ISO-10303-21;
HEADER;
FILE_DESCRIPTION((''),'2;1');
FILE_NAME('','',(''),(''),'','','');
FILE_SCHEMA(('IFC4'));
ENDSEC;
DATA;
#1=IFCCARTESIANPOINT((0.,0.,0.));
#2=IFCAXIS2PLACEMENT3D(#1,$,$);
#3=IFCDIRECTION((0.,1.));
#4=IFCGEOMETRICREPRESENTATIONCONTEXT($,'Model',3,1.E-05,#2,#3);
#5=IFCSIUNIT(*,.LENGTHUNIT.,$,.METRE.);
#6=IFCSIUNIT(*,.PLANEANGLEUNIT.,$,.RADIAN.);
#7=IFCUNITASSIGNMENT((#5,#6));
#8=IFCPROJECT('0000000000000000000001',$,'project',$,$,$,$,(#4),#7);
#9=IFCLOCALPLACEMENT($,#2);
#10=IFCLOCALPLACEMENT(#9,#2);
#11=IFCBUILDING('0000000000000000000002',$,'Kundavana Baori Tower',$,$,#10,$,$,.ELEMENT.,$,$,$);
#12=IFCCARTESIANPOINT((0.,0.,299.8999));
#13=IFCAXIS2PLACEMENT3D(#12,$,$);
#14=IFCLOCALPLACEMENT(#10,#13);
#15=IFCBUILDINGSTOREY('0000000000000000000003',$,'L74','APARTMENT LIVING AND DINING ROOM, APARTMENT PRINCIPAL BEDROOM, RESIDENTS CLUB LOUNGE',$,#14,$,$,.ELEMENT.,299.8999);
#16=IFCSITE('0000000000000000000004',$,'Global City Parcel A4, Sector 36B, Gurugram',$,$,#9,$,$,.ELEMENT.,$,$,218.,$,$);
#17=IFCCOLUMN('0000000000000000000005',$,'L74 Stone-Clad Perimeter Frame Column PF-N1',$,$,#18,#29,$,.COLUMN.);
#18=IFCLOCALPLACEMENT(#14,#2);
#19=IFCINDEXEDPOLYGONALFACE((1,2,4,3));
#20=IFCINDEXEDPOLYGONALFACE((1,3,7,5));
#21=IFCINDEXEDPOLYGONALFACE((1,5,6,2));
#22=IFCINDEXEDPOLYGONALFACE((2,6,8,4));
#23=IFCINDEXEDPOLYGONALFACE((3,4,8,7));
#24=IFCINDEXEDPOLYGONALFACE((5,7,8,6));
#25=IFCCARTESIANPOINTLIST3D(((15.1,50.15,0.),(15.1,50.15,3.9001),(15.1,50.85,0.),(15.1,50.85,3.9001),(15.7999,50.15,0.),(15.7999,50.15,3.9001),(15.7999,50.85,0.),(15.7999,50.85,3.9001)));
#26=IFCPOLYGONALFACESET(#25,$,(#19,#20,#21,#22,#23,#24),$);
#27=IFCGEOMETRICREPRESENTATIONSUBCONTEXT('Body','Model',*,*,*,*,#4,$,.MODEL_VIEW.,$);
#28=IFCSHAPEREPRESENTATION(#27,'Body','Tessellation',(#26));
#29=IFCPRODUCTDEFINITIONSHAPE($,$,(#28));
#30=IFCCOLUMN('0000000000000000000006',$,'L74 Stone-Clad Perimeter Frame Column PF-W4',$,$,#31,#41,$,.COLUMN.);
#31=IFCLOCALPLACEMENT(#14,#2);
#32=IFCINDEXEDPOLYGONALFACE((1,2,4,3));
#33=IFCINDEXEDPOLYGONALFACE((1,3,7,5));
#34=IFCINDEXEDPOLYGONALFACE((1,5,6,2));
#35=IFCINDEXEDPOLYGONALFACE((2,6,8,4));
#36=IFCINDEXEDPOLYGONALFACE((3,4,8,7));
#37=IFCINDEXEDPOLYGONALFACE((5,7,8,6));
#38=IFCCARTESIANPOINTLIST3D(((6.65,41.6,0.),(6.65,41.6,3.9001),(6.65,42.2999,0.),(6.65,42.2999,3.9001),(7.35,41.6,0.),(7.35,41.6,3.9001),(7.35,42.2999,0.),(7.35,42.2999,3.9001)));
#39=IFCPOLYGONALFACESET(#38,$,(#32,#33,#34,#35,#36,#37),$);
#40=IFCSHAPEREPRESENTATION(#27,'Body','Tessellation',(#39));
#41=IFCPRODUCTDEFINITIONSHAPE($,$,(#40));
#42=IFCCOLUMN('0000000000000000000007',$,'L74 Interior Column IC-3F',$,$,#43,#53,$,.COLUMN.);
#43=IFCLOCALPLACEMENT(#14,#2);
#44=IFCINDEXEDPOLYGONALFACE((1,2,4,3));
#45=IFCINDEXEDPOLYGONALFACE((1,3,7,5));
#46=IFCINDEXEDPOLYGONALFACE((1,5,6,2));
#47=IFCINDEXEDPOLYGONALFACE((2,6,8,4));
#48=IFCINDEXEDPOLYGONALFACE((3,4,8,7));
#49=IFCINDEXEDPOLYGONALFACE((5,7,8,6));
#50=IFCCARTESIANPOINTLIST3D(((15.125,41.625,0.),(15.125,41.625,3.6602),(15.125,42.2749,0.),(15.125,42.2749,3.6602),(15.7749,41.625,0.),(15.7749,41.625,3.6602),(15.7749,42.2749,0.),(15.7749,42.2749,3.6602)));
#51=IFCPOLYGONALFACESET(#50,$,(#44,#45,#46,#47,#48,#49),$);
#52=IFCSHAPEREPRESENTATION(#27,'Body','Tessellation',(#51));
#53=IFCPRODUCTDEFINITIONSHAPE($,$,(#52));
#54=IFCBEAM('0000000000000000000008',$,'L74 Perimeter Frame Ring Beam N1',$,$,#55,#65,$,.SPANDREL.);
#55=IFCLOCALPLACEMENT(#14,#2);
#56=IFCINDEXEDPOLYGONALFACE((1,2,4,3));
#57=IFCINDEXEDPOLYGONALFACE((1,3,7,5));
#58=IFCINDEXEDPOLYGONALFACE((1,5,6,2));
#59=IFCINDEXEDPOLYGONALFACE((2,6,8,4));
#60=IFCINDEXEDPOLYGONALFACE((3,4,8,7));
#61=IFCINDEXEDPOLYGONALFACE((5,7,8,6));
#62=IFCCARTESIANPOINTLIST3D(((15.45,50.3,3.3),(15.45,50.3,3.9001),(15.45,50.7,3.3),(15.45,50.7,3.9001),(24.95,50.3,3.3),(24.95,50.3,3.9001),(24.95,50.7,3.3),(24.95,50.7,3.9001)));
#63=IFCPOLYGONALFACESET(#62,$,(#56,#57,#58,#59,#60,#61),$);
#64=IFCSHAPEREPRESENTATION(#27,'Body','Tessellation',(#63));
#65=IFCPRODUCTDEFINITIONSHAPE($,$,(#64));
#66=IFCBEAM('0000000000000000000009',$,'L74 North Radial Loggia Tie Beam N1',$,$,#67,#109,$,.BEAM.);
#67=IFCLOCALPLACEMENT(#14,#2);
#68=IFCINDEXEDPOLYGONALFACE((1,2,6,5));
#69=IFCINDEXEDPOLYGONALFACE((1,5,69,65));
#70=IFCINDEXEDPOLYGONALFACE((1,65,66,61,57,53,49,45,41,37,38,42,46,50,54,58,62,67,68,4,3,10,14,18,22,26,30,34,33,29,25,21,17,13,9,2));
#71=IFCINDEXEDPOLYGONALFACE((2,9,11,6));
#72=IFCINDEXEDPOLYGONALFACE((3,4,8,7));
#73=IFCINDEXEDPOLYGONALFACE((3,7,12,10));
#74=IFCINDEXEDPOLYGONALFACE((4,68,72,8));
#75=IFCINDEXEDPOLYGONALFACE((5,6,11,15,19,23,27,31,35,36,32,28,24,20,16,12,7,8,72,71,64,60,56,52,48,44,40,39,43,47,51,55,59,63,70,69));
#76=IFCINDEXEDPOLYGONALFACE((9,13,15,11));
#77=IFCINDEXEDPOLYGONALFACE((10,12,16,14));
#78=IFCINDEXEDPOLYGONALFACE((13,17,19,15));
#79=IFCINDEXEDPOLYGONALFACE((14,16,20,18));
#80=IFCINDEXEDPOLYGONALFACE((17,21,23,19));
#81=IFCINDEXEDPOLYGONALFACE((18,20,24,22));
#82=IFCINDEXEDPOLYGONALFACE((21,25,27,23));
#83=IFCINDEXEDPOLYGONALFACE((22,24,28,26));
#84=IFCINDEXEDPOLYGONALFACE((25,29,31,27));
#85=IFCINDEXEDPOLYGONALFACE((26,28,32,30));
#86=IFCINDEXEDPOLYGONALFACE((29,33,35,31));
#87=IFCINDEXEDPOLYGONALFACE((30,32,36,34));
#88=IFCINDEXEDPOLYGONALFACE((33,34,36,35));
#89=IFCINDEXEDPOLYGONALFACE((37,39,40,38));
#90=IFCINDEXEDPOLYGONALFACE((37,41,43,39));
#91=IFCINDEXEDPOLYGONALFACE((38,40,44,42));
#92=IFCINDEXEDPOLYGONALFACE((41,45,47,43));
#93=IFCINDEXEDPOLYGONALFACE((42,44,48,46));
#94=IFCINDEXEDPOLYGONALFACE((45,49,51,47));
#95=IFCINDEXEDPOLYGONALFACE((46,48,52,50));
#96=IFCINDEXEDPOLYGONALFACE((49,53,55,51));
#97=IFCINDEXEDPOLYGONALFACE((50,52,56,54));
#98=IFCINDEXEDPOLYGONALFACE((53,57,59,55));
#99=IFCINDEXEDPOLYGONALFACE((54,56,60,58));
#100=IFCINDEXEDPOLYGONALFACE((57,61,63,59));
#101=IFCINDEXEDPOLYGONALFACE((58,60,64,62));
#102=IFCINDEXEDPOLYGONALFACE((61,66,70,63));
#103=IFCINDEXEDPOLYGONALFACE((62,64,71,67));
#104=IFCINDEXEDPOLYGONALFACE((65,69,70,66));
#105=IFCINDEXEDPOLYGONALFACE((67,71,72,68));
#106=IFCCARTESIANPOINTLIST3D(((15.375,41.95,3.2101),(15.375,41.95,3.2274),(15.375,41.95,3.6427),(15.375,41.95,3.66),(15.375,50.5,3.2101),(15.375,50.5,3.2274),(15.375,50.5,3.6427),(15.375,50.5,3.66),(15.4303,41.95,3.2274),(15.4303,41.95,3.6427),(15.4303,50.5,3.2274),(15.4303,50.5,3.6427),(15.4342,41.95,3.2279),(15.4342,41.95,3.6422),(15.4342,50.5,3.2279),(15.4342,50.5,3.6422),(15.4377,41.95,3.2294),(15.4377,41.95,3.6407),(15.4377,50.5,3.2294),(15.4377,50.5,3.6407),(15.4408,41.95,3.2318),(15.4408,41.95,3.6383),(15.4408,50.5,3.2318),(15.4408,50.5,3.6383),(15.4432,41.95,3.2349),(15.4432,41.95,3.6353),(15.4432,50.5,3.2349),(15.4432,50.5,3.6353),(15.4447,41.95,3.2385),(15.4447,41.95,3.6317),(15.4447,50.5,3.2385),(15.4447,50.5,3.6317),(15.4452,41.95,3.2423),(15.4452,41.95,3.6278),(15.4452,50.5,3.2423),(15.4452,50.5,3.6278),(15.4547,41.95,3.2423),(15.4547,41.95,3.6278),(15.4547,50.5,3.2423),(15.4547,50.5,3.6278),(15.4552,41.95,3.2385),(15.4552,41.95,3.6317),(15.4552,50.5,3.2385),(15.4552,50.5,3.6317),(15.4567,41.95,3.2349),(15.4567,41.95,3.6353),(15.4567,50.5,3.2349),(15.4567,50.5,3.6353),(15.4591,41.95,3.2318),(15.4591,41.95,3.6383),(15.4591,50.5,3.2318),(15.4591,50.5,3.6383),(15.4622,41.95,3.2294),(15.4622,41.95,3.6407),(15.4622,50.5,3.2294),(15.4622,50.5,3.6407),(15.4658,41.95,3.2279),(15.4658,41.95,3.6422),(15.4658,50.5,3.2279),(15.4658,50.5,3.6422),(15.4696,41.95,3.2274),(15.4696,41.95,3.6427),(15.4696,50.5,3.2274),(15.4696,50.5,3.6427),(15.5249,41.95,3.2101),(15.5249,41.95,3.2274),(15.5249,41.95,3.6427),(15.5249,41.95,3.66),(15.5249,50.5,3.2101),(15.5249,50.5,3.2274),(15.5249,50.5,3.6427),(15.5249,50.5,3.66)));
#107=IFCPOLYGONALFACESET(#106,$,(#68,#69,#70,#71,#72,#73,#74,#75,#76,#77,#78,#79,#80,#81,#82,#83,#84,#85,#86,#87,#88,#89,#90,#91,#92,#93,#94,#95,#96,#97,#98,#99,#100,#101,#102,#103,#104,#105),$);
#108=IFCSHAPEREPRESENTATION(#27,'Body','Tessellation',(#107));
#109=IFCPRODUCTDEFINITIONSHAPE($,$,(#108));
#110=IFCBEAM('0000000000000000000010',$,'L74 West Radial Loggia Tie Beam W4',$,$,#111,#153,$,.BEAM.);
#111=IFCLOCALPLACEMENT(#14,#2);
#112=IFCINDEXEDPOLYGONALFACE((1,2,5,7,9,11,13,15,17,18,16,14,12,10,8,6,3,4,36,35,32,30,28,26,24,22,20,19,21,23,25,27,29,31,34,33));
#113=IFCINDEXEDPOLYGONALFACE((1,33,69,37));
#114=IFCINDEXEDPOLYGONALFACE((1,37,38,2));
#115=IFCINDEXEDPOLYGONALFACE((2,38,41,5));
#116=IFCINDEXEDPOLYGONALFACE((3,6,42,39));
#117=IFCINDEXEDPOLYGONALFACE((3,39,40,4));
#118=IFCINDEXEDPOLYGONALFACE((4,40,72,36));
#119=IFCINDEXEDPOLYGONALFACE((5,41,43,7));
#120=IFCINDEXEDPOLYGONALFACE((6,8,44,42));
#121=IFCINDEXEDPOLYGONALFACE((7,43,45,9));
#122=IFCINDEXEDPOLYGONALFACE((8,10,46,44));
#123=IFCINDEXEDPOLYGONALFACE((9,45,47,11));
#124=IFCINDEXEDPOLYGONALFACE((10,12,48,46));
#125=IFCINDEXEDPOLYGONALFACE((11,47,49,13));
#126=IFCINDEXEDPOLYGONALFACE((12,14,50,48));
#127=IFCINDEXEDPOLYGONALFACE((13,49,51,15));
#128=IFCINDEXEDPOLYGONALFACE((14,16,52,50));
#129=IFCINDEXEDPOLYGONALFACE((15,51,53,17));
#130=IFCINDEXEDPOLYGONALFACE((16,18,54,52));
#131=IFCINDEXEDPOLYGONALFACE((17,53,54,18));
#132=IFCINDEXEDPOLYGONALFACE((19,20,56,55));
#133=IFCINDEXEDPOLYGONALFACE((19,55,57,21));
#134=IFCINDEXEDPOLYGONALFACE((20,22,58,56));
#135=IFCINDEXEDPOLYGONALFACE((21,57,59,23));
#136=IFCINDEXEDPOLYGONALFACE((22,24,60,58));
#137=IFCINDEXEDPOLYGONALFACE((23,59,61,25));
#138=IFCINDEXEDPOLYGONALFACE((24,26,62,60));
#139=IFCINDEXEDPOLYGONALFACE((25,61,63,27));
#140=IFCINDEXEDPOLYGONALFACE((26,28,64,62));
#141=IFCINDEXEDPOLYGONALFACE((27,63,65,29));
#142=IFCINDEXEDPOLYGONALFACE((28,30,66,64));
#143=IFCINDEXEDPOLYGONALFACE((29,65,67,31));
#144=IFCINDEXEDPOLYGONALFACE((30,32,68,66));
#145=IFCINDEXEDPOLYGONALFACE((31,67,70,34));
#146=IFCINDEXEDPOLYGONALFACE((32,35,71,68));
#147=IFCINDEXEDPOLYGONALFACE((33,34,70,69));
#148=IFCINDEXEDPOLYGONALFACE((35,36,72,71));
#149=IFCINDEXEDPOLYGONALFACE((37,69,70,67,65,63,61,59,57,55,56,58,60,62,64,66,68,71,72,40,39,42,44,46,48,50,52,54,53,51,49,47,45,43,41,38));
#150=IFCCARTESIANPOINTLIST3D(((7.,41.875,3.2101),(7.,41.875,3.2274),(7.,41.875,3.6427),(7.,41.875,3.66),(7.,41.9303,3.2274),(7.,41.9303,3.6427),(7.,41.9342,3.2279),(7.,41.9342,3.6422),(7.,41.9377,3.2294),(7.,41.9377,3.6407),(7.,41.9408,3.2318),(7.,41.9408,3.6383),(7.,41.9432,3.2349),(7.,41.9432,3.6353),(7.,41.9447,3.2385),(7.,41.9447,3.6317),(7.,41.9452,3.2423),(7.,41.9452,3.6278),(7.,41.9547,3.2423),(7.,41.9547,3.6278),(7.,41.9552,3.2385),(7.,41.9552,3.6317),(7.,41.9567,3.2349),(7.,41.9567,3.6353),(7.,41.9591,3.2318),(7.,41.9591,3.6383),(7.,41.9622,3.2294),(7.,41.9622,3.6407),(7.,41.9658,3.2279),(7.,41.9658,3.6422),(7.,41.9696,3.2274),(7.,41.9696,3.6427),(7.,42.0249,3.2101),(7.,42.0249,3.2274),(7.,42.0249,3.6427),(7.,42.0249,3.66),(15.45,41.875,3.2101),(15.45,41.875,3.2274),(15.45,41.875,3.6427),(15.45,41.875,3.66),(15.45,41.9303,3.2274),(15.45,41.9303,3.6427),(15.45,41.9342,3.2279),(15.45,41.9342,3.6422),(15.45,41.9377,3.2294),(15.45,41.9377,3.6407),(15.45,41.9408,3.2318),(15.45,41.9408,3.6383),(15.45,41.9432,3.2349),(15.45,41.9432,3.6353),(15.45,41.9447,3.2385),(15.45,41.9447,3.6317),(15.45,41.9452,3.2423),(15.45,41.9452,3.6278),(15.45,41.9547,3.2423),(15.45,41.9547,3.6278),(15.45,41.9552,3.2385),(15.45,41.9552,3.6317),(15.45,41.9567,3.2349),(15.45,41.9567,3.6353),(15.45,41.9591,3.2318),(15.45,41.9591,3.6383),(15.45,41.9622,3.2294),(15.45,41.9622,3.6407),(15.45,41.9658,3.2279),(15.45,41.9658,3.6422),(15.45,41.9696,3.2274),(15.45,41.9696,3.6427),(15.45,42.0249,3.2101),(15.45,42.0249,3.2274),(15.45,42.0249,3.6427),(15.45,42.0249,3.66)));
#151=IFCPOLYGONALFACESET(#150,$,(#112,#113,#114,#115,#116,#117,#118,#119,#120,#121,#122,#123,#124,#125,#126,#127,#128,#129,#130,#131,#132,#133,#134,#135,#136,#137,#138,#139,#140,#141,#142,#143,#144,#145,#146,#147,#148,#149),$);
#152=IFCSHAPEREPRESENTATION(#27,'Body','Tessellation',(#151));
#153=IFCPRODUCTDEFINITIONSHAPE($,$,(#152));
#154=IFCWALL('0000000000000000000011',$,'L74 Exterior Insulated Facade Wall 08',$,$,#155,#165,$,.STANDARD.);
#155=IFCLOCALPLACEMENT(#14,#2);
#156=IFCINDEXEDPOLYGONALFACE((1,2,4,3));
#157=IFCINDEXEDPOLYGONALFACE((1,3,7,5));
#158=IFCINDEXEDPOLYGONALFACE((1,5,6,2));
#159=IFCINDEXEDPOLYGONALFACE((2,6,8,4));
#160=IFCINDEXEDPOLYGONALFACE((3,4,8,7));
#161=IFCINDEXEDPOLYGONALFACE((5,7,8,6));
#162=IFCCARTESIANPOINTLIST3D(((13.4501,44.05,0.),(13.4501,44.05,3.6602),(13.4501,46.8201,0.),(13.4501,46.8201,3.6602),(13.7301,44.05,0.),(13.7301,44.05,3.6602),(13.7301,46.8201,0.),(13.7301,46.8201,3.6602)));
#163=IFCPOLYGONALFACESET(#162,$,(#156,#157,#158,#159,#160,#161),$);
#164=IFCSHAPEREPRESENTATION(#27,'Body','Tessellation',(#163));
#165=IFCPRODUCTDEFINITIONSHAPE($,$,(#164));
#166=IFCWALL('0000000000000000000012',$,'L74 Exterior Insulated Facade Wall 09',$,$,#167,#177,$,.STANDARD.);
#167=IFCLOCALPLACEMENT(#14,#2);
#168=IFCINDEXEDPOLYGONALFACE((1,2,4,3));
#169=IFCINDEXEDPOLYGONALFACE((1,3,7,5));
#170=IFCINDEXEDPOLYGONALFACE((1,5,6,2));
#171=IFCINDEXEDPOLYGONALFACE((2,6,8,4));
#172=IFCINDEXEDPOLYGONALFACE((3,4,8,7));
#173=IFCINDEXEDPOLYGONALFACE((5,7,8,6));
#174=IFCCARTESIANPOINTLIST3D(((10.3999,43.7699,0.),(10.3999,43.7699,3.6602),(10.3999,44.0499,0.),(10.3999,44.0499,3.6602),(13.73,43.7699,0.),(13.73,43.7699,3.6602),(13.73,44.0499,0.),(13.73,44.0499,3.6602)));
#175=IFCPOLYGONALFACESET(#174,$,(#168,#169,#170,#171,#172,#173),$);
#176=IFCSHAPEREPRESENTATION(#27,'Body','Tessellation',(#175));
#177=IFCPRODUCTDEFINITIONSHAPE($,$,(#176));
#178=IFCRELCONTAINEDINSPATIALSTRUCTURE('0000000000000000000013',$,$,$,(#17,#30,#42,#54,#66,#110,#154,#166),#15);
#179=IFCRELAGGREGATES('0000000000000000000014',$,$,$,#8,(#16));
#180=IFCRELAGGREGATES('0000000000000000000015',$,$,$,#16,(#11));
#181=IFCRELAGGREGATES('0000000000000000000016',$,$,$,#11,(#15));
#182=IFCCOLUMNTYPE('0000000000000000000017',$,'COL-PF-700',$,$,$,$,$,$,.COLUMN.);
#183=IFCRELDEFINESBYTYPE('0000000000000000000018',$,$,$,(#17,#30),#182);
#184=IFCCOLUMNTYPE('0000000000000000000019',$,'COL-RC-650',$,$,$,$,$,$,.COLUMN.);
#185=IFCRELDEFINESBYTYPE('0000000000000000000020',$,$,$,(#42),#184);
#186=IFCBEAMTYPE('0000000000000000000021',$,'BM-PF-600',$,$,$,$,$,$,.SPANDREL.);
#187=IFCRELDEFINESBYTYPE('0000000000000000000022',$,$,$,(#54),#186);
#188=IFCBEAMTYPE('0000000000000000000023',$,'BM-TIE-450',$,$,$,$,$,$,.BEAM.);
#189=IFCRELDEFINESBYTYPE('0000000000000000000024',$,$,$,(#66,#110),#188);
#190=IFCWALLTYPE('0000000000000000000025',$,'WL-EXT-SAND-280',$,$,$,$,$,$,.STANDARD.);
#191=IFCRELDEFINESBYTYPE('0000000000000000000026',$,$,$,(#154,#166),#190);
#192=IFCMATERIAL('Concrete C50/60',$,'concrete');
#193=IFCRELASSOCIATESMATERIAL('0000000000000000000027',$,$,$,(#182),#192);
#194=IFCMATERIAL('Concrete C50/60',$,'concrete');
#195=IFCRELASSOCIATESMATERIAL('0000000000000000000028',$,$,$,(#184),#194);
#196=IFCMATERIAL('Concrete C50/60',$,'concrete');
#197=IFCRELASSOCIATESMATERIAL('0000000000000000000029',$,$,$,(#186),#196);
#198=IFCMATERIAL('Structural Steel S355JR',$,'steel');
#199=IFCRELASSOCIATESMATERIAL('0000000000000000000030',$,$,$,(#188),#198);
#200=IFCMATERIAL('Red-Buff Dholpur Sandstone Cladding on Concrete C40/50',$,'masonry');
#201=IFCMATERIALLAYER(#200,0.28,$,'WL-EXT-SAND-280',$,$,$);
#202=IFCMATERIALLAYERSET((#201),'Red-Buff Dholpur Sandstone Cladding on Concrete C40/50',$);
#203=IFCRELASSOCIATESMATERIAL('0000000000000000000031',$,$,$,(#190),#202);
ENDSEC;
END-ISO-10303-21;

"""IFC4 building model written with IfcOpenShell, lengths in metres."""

from ifc_helpers import new_model, si_unit, direction, frame, frame_2d, origin, origin_2d, place, context, subcontext, project, spatial, rectangle, i_section, extrude, material, layer, layer_set, material_profile, profile_set, type_object, element, save


model = new_model("IFC4")

# Units and contexts
model_context = context("Model", 3, precision=1e-05, world=origin(), true_north=direction((0.0, 1.0)))
body_context = subcontext(model_context, "Body", "Model", "MODEL_VIEW")
ifc_project = project(units=[si_unit("LENGTHUNIT", "METRE"), si_unit("PLANEANGLEUNIT", "RADIAN")], contexts=[model_context])

# Site, building, storey
site_placement = place(None, origin())
site = spatial("IfcSite", under=ifc_project, at=site_placement, Name="Global City Parcel A4, Sector 36B, Gurugram", CompositionType="ELEMENT", RefElevation=218.0)
building_placement = place(site_placement, origin())
building = spatial("IfcBuilding", under=site, at=building_placement, Name="Kundavana Baori Tower", CompositionType="ELEMENT")
storey_placement = place(building_placement, frame((0.0, 0.0, 299.8999)))
storey = spatial("IfcBuildingStorey", under=building, at=storey_placement, Name="L74", Description="APARTMENT LIVING AND DINING ROOM, APARTMENT PRINCIPAL BEDROOM, RESIDENTS CLUB LOUNGE", CompositionType="ELEMENT", Elevation=299.8999)

# Columns
ifc_material_1 = material(Name="Concrete C50/60", Category="concrete")
ifc_material_profile_1 = material_profile(ifc_material_1, rectangle(XDim=0.7, YDim=0.7, at=origin_2d()), Name="RC PF 700x700")
ifc_profile_set_1 = profile_set([ifc_material_profile_1], Name="Concrete C50/60")
column_type_1 = type_object("IfcColumnType", Name="COL-PF-700", PredefinedType="COLUMN", material=ifc_profile_set_1)
for number, where, z_axis, x_axis, name in (
    (1, (15.45, 50.5, 0.0), (0.0, 0.0, 1.0), (1.0, 0.0, 0.0), "L74 Stone-Clad Perimeter Frame Column PF-N1"),
    (2, (7.0, 41.95, 0.0), (0.0, 0.0, 1.0), (1.0, 0.0, 0.0), "L74 Stone-Clad Perimeter Frame Column PF-W4"),
):
    element("IfcColumn", number, at=place(storey_placement, frame(where, z_axis=z_axis, x_axis=x_axis)), inside=storey, type_object=column_type_1, Name=name, PredefinedType="COLUMN", context=body_context, shape_type="SweptSolid", body=[
        extrude(rectangle(XDim=0.7, YDim=0.7, at=origin_2d()), origin(), (0.0, 0.0, 1.0), 3.9001),
    ])
ifc_material_2 = material(Name="Concrete C50/60", Category="concrete")
ifc_material_profile_2 = material_profile(ifc_material_2, rectangle(XDim=0.6499, YDim=0.6499, at=origin_2d()), Name="RC 650x650")
ifc_profile_set_2 = profile_set([ifc_material_profile_2], Name="Concrete C50/60")
column_type_2 = type_object("IfcColumnType", Name="COL-RC-650", PredefinedType="COLUMN", material=ifc_profile_set_2)
column_placement = place(storey_placement, frame((15.45, 41.95, 0.0), z_axis=(0.0, 0.0, 1.0), x_axis=(1.0, 0.0, 0.0)))
element("IfcColumn", 3, at=column_placement, inside=storey, type_object=column_type_2, Name="L74 Interior Column IC-3F", PredefinedType="COLUMN", context=body_context, shape_type="SweptSolid", body=[
    extrude(rectangle(XDim=0.6499, YDim=0.6499, at=origin_2d()), origin(), (0.0, 0.0, 1.0), 3.6602),
])

# Beams
ifc_material_3 = material(Name="Concrete C50/60", Category="concrete")
ifc_material_profile_3 = material_profile(ifc_material_3, rectangle(XDim=0.3999, YDim=0.6001, at=origin_2d()), Name="RC BM 400x600")
ifc_profile_set_3 = profile_set([ifc_material_profile_3], Name="Concrete C50/60")
beam_type_1 = type_object("IfcBeamType", Name="BM-PF-600", PredefinedType="SPANDREL", material=ifc_profile_set_3)
beam_1_placement = place(storey_placement, frame((15.45, 50.5, 3.6001), z_axis=(1.0, 0.0, 0.0), x_axis=(0.0, 1.0, 0.0)))
element("IfcBeam", 4, at=beam_1_placement, inside=storey, type_object=beam_type_1, Name="L74 Perimeter Frame Ring Beam N1", PredefinedType="SPANDREL", context=body_context, shape_type="SweptSolid", body=[
    extrude(rectangle(XDim=0.3999, YDim=0.6001, at=origin_2d()), origin(), (0.0, 0.0, 1.0), 9.5),
])
ifc_material_4 = material(Name="Structural Steel S355JR", Category="steel")
ifc_material_profile_4 = material_profile(ifc_material_4, i_section(OverallWidth=0.1499, OverallDepth=0.45, WebThickness=0.0095, FlangeThickness=0.0173, FilletRadius=0.0149, at=origin_2d()), Name="ISMB 450")
ifc_profile_set_4 = profile_set([ifc_material_profile_4], Name="Structural Steel S355JR")
beam_type_2 = type_object("IfcBeamType", Name="BM-TIE-450", PredefinedType="BEAM", material=ifc_profile_set_4)
beam_2_placement = place(storey_placement, frame((15.45, 41.95, 3.4351), z_axis=(0.0, 1.0, 0.0), x_axis=(-1.0, 0.0, 0.0)))
element("IfcBeam", 5, at=beam_2_placement, inside=storey, type_object=beam_type_2, Name="L74 North Radial Loggia Tie Beam N1", PredefinedType="BEAM", context=body_context, shape_type="SweptSolid", body=[
    extrude(i_section(OverallWidth=0.1499, OverallDepth=0.45, WebThickness=0.0095, FlangeThickness=0.0173, FilletRadius=0.0149, at=origin_2d()), origin(), (0.0, 0.0, 1.0), 8.55),
])
beam_3_placement = place(storey_placement, frame((15.45, 41.95, 3.4351), z_axis=(-1.0, 0.0, 0.0), x_axis=(0.0, -1.0, 0.0)))
element("IfcBeam", 6, at=beam_3_placement, inside=storey, type_object=beam_type_2, Name="L74 West Radial Loggia Tie Beam W4", PredefinedType="BEAM", context=body_context, shape_type="SweptSolid", body=[
    extrude(i_section(OverallWidth=0.1499, OverallDepth=0.45, WebThickness=0.0095, FlangeThickness=0.0173, FilletRadius=0.0149, at=origin_2d()), origin(), (0.0, 0.0, 1.0), 8.45),
])

# Walls
ifc_material_5 = material(Name="Red-Buff Dholpur Sandstone Cladding on Concrete C40/50", Category="masonry")
ifc_layer_1 = layer(ifc_material_5, 0.28, Name="WL-EXT-SAND-280")
ifc_layer_set_1 = layer_set([ifc_layer_1], Name="Red-Buff Dholpur Sandstone Cladding on Concrete C40/50")
wall_type_1 = type_object("IfcWallType", Name="WL-EXT-SAND-280", PredefinedType="STANDARD", material=ifc_layer_set_1)
wall_1_placement = place(storey_placement, frame((13.5901, 46.8201, 0.0), z_axis=(0.0, 0.0, 1.0), x_axis=(0.0, -1.0, 0.0)))
element("IfcWall", 7, at=wall_1_placement, inside=storey, type_object=wall_type_1, Name="L74 Exterior Insulated Facade Wall 08", PredefinedType="STANDARD", context=body_context, shape_type="SweptSolid", body=[
    extrude(rectangle(XDim=2.77, YDim=0.28, at=frame_2d((1.385, 0.0))), origin(), (0.0, 0.0, 1.0), 3.6602),
])
wall_2_placement = place(storey_placement, frame((13.73, 43.9099, 0.0), z_axis=(0.0, 0.0, 1.0), x_axis=(-1.0, 0.0, 0.0)))
element("IfcWall", 8, at=wall_2_placement, inside=storey, type_object=wall_type_1, Name="L74 Exterior Insulated Facade Wall 09", PredefinedType="STANDARD", context=body_context, shape_type="SweptSolid", body=[
    extrude(rectangle(XDim=3.3301, YDim=0.28, at=frame_2d((1.665, 0.0))), origin(), (0.0, 0.0, 1.0), 3.6602),
])

save(model, "model.ifc")
